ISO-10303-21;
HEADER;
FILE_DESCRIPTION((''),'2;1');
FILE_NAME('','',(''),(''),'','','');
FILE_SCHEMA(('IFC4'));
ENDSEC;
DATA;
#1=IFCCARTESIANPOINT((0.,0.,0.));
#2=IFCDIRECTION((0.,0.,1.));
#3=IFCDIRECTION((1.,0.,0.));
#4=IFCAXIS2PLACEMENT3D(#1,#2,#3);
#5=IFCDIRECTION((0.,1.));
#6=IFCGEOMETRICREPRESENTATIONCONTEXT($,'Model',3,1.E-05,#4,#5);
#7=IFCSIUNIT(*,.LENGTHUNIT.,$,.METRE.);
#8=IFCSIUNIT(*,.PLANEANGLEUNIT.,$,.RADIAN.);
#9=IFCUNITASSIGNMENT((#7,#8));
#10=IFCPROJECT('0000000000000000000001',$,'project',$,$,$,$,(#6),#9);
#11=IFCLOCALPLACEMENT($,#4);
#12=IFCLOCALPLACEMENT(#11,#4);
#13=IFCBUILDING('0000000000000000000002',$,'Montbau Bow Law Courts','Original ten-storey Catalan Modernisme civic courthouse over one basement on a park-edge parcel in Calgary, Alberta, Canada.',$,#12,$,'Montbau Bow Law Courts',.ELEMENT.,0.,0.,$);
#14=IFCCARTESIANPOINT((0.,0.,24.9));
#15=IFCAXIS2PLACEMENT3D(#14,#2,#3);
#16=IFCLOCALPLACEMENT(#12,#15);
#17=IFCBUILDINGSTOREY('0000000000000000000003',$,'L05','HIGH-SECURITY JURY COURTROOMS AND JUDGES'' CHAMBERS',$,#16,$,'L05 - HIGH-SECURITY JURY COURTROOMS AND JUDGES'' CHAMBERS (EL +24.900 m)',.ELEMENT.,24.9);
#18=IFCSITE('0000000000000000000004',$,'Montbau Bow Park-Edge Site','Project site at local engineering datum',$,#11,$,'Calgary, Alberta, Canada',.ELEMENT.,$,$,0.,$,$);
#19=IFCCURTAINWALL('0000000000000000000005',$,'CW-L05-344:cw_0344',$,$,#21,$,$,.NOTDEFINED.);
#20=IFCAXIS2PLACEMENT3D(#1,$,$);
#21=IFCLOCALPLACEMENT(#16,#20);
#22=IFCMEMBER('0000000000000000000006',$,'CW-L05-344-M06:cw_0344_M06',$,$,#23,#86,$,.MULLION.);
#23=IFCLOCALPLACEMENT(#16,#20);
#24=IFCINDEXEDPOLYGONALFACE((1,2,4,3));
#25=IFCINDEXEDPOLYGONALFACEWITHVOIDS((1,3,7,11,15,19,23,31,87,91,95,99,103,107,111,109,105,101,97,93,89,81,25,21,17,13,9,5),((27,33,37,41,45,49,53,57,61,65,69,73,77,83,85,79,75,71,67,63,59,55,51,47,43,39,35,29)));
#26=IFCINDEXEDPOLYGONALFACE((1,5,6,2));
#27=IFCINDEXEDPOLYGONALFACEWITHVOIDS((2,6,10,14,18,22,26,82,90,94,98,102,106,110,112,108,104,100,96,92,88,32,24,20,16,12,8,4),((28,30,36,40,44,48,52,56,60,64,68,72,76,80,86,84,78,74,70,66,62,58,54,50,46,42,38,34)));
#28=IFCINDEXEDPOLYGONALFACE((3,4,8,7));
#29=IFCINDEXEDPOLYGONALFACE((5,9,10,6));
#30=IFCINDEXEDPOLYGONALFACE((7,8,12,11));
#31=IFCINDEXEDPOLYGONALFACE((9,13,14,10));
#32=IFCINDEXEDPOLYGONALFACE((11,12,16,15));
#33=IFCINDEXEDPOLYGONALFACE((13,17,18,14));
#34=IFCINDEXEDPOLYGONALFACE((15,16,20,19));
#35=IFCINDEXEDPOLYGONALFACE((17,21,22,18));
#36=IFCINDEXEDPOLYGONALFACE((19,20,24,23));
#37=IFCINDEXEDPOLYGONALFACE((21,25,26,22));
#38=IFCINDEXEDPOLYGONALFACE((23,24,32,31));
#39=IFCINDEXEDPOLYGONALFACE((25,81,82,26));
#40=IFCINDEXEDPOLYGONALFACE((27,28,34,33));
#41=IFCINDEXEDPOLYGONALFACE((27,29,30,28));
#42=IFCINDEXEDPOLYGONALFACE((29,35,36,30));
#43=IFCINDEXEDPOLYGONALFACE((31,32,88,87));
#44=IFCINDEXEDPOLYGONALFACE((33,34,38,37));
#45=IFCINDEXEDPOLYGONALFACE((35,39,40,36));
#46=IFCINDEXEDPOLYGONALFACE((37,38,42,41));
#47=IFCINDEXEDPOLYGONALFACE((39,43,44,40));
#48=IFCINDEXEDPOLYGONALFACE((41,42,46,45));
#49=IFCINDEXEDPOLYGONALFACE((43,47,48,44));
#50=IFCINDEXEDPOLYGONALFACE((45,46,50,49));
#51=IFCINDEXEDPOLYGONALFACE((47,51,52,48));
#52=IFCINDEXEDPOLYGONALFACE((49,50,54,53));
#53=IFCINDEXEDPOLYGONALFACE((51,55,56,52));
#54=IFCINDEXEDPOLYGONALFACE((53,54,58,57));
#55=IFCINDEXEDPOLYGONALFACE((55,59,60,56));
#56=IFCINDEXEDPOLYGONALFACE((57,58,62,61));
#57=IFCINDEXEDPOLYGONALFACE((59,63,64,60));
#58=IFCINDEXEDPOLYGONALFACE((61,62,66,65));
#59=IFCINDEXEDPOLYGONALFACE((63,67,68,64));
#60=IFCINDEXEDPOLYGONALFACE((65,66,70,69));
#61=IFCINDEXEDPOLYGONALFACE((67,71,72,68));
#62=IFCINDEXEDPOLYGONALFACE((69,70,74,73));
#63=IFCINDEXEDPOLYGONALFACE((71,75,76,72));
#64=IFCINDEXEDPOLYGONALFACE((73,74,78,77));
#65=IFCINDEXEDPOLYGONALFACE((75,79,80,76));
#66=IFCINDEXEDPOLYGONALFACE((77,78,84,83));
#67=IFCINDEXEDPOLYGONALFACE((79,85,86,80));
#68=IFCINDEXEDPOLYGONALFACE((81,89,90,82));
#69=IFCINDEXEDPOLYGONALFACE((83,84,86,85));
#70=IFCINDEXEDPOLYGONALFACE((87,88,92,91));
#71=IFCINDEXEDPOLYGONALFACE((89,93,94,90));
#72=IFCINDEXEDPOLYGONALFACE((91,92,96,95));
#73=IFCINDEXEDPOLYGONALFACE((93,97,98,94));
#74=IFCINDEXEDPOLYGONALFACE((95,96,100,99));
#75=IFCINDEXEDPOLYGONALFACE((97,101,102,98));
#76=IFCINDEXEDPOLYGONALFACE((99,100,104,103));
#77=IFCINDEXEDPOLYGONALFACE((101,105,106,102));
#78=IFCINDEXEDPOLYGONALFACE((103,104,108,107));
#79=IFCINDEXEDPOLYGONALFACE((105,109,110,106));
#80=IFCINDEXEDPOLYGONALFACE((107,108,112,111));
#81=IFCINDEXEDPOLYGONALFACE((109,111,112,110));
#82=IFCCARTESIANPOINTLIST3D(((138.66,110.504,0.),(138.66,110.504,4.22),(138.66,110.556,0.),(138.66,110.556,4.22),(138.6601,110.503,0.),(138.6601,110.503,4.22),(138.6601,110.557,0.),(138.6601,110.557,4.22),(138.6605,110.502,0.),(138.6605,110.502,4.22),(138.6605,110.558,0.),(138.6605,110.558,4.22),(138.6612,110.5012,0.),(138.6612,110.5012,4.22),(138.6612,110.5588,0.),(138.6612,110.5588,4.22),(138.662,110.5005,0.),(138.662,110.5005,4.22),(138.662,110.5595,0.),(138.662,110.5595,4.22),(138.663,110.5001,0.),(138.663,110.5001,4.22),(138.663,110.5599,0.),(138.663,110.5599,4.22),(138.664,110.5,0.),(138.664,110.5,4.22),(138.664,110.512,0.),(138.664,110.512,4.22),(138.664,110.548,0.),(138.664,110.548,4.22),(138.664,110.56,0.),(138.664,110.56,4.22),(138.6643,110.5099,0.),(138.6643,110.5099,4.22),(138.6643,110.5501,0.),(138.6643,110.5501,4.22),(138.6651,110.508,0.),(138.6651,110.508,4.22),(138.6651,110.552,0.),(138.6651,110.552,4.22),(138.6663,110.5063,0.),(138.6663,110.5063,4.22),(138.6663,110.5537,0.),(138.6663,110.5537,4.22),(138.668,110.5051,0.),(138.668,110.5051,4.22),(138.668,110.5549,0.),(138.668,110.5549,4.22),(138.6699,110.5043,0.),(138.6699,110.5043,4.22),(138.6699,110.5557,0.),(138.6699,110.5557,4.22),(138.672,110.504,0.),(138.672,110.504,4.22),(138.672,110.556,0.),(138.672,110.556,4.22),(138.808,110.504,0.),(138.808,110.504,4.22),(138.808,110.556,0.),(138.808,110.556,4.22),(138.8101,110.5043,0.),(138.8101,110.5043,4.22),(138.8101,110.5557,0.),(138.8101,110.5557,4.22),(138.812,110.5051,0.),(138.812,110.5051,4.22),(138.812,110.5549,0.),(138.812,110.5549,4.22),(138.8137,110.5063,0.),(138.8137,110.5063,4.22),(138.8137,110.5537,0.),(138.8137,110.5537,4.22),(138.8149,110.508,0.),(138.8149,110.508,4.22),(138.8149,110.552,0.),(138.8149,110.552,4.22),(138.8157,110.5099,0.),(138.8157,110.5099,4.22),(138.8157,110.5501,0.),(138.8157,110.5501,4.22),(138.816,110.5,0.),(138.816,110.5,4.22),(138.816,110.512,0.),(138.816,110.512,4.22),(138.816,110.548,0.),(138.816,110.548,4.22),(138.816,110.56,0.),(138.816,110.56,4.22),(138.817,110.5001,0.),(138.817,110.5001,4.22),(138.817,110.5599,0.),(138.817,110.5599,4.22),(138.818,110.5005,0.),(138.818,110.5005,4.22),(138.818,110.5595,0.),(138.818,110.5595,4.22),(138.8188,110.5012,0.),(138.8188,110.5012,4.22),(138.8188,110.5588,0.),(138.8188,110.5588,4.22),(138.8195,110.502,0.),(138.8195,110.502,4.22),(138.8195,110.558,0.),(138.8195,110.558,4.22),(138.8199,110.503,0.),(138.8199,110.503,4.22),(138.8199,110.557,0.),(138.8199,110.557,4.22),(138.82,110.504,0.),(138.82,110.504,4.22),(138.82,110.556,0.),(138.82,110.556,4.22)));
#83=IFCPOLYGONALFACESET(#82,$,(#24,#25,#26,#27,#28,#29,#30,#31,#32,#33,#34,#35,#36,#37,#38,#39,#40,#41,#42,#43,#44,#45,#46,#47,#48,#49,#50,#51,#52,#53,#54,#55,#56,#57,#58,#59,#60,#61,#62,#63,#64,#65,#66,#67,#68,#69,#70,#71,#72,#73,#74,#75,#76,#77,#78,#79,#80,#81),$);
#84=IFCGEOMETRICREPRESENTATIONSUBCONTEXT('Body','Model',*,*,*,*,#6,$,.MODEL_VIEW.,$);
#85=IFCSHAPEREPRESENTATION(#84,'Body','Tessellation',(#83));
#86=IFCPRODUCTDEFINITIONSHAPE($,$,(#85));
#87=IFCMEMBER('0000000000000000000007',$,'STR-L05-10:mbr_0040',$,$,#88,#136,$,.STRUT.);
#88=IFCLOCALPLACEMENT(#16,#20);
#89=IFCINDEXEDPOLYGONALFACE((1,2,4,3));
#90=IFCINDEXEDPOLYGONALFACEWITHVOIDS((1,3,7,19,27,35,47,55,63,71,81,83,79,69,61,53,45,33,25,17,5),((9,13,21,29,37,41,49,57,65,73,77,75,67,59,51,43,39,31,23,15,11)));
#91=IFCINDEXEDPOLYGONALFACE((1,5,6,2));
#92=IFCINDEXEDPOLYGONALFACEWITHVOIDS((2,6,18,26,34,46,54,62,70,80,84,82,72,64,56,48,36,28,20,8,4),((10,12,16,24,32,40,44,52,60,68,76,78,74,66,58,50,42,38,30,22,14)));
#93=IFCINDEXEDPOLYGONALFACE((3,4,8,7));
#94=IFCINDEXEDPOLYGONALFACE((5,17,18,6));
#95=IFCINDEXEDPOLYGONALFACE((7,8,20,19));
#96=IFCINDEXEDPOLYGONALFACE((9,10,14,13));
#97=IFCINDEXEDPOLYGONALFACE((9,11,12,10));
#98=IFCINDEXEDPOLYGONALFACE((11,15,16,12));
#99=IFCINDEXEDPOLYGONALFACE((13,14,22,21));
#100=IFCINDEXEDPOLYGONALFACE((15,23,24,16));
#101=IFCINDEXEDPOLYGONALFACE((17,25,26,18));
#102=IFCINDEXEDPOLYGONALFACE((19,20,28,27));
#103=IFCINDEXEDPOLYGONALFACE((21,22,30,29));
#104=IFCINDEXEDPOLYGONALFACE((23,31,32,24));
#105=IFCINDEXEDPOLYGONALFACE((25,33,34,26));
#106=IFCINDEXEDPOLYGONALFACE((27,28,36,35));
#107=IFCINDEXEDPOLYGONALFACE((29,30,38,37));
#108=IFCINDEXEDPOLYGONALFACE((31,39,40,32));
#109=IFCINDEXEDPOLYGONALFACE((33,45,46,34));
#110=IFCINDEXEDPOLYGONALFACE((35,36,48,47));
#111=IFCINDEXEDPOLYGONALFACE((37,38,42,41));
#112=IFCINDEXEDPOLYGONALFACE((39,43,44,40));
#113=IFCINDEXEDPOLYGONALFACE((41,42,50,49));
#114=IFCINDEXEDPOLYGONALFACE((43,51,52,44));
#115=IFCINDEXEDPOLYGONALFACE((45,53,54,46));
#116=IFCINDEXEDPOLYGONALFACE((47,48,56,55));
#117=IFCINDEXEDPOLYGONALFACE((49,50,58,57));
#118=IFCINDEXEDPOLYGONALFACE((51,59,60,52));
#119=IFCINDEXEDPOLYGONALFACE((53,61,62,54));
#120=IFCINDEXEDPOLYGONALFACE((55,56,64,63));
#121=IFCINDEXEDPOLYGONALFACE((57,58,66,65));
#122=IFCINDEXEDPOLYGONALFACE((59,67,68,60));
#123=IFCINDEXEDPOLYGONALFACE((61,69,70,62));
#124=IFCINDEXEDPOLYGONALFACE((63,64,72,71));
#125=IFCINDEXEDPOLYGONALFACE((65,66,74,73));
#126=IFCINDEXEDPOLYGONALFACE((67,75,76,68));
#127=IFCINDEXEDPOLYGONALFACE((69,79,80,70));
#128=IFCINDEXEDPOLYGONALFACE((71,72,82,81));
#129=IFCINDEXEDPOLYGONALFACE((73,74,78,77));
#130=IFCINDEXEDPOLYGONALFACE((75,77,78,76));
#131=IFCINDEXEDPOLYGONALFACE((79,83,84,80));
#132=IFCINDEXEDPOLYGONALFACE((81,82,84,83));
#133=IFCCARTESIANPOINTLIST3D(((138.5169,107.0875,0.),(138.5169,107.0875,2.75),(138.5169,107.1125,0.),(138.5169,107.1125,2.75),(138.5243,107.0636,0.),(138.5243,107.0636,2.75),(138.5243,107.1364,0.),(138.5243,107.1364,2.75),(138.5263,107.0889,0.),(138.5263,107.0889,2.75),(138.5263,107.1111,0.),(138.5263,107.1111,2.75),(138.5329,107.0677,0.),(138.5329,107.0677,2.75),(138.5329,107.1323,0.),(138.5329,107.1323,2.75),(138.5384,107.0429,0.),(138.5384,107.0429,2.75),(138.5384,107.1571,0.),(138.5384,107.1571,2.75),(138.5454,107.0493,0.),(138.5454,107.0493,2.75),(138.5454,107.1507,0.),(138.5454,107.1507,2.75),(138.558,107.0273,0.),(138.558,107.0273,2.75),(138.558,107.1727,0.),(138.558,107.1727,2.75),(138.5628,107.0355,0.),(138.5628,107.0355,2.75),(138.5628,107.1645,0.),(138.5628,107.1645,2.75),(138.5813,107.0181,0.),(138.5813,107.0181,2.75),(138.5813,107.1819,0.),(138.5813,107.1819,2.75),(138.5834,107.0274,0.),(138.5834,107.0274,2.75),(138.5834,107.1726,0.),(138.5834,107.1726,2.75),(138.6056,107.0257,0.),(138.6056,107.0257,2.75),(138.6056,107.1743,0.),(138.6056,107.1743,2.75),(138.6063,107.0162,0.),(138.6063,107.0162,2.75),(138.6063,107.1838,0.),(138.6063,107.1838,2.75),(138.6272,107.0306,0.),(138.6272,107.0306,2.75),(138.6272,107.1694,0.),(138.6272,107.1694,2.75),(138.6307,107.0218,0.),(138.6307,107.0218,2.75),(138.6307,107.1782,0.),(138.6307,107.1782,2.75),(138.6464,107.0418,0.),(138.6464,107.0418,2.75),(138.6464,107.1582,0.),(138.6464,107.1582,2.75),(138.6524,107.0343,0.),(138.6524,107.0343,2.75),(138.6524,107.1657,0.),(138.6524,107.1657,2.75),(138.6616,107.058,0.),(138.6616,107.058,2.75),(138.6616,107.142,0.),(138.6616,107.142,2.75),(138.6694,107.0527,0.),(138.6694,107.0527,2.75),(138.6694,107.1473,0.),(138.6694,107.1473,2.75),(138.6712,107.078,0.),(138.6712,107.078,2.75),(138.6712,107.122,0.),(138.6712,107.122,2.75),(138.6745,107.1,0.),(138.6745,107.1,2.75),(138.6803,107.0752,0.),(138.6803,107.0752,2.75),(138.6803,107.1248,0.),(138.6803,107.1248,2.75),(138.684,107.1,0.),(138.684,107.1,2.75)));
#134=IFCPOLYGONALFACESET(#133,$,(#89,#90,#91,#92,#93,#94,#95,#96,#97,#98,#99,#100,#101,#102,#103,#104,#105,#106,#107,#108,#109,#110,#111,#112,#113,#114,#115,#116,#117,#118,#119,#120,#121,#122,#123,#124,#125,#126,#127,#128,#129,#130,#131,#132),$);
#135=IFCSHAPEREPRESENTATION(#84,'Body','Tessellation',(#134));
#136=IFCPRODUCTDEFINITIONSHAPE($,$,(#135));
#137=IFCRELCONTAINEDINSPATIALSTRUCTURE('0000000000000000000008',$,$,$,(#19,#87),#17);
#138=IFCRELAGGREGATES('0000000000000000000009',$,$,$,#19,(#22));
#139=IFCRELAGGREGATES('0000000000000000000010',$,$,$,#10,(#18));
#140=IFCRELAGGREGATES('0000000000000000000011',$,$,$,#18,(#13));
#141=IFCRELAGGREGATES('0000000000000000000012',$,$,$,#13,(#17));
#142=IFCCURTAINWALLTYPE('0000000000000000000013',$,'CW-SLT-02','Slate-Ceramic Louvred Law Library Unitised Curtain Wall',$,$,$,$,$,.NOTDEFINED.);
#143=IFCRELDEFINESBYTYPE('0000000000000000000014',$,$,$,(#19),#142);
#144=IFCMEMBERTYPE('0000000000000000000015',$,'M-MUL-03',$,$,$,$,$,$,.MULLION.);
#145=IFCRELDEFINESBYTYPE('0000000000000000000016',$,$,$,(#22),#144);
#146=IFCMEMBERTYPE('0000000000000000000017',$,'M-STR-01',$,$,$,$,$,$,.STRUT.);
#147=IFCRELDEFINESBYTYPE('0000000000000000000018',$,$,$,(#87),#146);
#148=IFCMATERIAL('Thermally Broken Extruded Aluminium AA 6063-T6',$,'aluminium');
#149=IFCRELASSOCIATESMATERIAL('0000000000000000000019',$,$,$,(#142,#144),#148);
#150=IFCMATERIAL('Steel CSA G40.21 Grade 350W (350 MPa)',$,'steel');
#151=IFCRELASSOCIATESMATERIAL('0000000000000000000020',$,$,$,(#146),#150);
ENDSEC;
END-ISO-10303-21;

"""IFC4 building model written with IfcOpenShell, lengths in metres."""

from ifc_helpers import new_model, si_unit, direction, frame, origin_with_axes, origin_2d_with_axis, place, context, subcontext, project, spatial, hollow_rectangle, hollow_circle, extrude, material, material_profile, profile_set, type_object, element, aggregate, save


model = new_model("IFC4")

# Units and contexts
model_context = context("Model", 3, precision=1e-05, world=origin_with_axes(), true_north=direction((0.0, 1.0)))
body_context = subcontext(model_context, "Body", "Model", "MODEL_VIEW")
ifc_project = project(units=[si_unit("LENGTHUNIT", "METRE"), si_unit("PLANEANGLEUNIT", "RADIAN")], contexts=[model_context])

# Site, building, storey
site_placement = place(None, origin_with_axes())
site = spatial("IfcSite", under=ifc_project, at=site_placement, Name="Montbau Bow Park-Edge Site", Description="Project site at local engineering datum", LongName="Calgary, Alberta, Canada", CompositionType="ELEMENT", RefElevation=0.0)
building_placement = place(site_placement, origin_with_axes())
building = spatial("IfcBuilding", under=site, at=building_placement, Name="Montbau Bow Law Courts", Description="Original ten-storey Catalan Modernisme civic courthouse over one basement on a park-edge parcel in Calgary, Alberta, Canada.", LongName="Montbau Bow Law Courts", CompositionType="ELEMENT", ElevationOfRefHeight=0.0, ElevationOfTerrain=0.0)
storey_placement = place(building_placement, frame((0.0, 0.0, 24.9), z_axis=(0.0, 0.0, 1.0), x_axis=(1.0, 0.0, 0.0)))
storey = spatial("IfcBuildingStorey", under=building, at=storey_placement, Name="L05", Description="HIGH-SECURITY JURY COURTROOMS AND JUDGES' CHAMBERS", LongName="L05 - HIGH-SECURITY JURY COURTROOMS AND JUDGES' CHAMBERS (EL +24.900 m)", CompositionType="ELEMENT", Elevation=24.9)

# Shared definitions
ifc_material_1 = material(Name="Steel CSA G40.21 Grade 350W (350 MPa)", Category="steel")

# Shared definitions
ifc_material_2 = material(Name="Thermally Broken Extruded Aluminium AA 6063-T6", Category="aluminium")
curtain_wall_type = type_object("IfcCurtainWallType", Name="CW-SLT-02", Description="Slate-Ceramic Louvred Law Library Unitised Curtain Wall", PredefinedType="NOTDEFINED", material=ifc_material_2)

# Curtain wall, member
curtain_wall_1_placement = place(None, frame((138.74, 103.64, 24.9), z_axis=(0.0, 0.0, 1.0), x_axis=(1.0, 0.0, 0.0)))
curtain_wall_1 = element("IfcCurtainWall", 1, at=curtain_wall_1_placement, inside=storey, type_object=curtain_wall_type, Name="CW-L05-344:cw_0344", PredefinedType="NOTDEFINED")
ifc_material_profile_1 = material_profile(ifc_material_2, hollow_rectangle(XDim=0.06, YDim=0.16, WallThickness=0.004, InnerFilletRadius=0.008, OuterFilletRadius=0.004, at=origin_2d_with_axis()), Name="CWM-160X60", Category="Main", Priority=0)
ifc_profile_set_1 = profile_set([ifc_material_profile_1], Name="Thermally Broken Extruded Aluminium AA 6063-T6")
member_type_1 = type_object("IfcMemberType", Name="M-MUL-03", PredefinedType="MULLION", material=ifc_profile_set_1)
member_1_placement = place(None, frame((138.74, 110.53, 24.9), z_axis=(0.0, 0.0, 1.0), x_axis=(0.0, 1.0, 0.0)))
member_1 = element("IfcMember", 2, at=member_1_placement, type_object=member_type_1, Name="CW-L05-344-M06:cw_0344_M06", PredefinedType="MULLION", context=body_context, shape_type="SweptSolid", body=[
    extrude(hollow_rectangle(XDim=0.06, YDim=0.16, WallThickness=0.004, InnerFilletRadius=0.008, OuterFilletRadius=0.004, at=origin_2d_with_axis()), origin_with_axes(), (0.0, 0.0, 1.0), 4.22),
])

# Member
ifc_material_profile_2 = material_profile(ifc_material_1, hollow_circle(Radius=0.084, WallThickness=0.0095, at=origin_2d_with_axis()), Name="HSS168X9.5", Category="Main", Priority=0)
ifc_profile_set_2 = profile_set([ifc_material_profile_2], Name="Steel CSA G40.21 Grade 350W (350 MPa)")
member_type_2 = type_object("IfcMemberType", Name="M-STR-01", PredefinedType="STRUT", material=ifc_profile_set_2)
member_2_placement = place(None, frame((138.6, 107.1, 24.9), z_axis=(0.0, 0.0, 1.0), x_axis=(1.0, 0.0, 0.0)))
element("IfcMember", 3, at=member_2_placement, inside=storey, type_object=member_type_2, Name="STR-L05-10:mbr_0040", PredefinedType="STRUT", context=body_context, shape_type="SweptSolid", body=[
    extrude(hollow_circle(Radius=0.084, WallThickness=0.0095, at=origin_2d_with_axis()), origin_with_axes(), (0.0, 0.0, 1.0), 2.75),
])
aggregate(curtain_wall_1, [member_1])

save(model, "model.ifc")
